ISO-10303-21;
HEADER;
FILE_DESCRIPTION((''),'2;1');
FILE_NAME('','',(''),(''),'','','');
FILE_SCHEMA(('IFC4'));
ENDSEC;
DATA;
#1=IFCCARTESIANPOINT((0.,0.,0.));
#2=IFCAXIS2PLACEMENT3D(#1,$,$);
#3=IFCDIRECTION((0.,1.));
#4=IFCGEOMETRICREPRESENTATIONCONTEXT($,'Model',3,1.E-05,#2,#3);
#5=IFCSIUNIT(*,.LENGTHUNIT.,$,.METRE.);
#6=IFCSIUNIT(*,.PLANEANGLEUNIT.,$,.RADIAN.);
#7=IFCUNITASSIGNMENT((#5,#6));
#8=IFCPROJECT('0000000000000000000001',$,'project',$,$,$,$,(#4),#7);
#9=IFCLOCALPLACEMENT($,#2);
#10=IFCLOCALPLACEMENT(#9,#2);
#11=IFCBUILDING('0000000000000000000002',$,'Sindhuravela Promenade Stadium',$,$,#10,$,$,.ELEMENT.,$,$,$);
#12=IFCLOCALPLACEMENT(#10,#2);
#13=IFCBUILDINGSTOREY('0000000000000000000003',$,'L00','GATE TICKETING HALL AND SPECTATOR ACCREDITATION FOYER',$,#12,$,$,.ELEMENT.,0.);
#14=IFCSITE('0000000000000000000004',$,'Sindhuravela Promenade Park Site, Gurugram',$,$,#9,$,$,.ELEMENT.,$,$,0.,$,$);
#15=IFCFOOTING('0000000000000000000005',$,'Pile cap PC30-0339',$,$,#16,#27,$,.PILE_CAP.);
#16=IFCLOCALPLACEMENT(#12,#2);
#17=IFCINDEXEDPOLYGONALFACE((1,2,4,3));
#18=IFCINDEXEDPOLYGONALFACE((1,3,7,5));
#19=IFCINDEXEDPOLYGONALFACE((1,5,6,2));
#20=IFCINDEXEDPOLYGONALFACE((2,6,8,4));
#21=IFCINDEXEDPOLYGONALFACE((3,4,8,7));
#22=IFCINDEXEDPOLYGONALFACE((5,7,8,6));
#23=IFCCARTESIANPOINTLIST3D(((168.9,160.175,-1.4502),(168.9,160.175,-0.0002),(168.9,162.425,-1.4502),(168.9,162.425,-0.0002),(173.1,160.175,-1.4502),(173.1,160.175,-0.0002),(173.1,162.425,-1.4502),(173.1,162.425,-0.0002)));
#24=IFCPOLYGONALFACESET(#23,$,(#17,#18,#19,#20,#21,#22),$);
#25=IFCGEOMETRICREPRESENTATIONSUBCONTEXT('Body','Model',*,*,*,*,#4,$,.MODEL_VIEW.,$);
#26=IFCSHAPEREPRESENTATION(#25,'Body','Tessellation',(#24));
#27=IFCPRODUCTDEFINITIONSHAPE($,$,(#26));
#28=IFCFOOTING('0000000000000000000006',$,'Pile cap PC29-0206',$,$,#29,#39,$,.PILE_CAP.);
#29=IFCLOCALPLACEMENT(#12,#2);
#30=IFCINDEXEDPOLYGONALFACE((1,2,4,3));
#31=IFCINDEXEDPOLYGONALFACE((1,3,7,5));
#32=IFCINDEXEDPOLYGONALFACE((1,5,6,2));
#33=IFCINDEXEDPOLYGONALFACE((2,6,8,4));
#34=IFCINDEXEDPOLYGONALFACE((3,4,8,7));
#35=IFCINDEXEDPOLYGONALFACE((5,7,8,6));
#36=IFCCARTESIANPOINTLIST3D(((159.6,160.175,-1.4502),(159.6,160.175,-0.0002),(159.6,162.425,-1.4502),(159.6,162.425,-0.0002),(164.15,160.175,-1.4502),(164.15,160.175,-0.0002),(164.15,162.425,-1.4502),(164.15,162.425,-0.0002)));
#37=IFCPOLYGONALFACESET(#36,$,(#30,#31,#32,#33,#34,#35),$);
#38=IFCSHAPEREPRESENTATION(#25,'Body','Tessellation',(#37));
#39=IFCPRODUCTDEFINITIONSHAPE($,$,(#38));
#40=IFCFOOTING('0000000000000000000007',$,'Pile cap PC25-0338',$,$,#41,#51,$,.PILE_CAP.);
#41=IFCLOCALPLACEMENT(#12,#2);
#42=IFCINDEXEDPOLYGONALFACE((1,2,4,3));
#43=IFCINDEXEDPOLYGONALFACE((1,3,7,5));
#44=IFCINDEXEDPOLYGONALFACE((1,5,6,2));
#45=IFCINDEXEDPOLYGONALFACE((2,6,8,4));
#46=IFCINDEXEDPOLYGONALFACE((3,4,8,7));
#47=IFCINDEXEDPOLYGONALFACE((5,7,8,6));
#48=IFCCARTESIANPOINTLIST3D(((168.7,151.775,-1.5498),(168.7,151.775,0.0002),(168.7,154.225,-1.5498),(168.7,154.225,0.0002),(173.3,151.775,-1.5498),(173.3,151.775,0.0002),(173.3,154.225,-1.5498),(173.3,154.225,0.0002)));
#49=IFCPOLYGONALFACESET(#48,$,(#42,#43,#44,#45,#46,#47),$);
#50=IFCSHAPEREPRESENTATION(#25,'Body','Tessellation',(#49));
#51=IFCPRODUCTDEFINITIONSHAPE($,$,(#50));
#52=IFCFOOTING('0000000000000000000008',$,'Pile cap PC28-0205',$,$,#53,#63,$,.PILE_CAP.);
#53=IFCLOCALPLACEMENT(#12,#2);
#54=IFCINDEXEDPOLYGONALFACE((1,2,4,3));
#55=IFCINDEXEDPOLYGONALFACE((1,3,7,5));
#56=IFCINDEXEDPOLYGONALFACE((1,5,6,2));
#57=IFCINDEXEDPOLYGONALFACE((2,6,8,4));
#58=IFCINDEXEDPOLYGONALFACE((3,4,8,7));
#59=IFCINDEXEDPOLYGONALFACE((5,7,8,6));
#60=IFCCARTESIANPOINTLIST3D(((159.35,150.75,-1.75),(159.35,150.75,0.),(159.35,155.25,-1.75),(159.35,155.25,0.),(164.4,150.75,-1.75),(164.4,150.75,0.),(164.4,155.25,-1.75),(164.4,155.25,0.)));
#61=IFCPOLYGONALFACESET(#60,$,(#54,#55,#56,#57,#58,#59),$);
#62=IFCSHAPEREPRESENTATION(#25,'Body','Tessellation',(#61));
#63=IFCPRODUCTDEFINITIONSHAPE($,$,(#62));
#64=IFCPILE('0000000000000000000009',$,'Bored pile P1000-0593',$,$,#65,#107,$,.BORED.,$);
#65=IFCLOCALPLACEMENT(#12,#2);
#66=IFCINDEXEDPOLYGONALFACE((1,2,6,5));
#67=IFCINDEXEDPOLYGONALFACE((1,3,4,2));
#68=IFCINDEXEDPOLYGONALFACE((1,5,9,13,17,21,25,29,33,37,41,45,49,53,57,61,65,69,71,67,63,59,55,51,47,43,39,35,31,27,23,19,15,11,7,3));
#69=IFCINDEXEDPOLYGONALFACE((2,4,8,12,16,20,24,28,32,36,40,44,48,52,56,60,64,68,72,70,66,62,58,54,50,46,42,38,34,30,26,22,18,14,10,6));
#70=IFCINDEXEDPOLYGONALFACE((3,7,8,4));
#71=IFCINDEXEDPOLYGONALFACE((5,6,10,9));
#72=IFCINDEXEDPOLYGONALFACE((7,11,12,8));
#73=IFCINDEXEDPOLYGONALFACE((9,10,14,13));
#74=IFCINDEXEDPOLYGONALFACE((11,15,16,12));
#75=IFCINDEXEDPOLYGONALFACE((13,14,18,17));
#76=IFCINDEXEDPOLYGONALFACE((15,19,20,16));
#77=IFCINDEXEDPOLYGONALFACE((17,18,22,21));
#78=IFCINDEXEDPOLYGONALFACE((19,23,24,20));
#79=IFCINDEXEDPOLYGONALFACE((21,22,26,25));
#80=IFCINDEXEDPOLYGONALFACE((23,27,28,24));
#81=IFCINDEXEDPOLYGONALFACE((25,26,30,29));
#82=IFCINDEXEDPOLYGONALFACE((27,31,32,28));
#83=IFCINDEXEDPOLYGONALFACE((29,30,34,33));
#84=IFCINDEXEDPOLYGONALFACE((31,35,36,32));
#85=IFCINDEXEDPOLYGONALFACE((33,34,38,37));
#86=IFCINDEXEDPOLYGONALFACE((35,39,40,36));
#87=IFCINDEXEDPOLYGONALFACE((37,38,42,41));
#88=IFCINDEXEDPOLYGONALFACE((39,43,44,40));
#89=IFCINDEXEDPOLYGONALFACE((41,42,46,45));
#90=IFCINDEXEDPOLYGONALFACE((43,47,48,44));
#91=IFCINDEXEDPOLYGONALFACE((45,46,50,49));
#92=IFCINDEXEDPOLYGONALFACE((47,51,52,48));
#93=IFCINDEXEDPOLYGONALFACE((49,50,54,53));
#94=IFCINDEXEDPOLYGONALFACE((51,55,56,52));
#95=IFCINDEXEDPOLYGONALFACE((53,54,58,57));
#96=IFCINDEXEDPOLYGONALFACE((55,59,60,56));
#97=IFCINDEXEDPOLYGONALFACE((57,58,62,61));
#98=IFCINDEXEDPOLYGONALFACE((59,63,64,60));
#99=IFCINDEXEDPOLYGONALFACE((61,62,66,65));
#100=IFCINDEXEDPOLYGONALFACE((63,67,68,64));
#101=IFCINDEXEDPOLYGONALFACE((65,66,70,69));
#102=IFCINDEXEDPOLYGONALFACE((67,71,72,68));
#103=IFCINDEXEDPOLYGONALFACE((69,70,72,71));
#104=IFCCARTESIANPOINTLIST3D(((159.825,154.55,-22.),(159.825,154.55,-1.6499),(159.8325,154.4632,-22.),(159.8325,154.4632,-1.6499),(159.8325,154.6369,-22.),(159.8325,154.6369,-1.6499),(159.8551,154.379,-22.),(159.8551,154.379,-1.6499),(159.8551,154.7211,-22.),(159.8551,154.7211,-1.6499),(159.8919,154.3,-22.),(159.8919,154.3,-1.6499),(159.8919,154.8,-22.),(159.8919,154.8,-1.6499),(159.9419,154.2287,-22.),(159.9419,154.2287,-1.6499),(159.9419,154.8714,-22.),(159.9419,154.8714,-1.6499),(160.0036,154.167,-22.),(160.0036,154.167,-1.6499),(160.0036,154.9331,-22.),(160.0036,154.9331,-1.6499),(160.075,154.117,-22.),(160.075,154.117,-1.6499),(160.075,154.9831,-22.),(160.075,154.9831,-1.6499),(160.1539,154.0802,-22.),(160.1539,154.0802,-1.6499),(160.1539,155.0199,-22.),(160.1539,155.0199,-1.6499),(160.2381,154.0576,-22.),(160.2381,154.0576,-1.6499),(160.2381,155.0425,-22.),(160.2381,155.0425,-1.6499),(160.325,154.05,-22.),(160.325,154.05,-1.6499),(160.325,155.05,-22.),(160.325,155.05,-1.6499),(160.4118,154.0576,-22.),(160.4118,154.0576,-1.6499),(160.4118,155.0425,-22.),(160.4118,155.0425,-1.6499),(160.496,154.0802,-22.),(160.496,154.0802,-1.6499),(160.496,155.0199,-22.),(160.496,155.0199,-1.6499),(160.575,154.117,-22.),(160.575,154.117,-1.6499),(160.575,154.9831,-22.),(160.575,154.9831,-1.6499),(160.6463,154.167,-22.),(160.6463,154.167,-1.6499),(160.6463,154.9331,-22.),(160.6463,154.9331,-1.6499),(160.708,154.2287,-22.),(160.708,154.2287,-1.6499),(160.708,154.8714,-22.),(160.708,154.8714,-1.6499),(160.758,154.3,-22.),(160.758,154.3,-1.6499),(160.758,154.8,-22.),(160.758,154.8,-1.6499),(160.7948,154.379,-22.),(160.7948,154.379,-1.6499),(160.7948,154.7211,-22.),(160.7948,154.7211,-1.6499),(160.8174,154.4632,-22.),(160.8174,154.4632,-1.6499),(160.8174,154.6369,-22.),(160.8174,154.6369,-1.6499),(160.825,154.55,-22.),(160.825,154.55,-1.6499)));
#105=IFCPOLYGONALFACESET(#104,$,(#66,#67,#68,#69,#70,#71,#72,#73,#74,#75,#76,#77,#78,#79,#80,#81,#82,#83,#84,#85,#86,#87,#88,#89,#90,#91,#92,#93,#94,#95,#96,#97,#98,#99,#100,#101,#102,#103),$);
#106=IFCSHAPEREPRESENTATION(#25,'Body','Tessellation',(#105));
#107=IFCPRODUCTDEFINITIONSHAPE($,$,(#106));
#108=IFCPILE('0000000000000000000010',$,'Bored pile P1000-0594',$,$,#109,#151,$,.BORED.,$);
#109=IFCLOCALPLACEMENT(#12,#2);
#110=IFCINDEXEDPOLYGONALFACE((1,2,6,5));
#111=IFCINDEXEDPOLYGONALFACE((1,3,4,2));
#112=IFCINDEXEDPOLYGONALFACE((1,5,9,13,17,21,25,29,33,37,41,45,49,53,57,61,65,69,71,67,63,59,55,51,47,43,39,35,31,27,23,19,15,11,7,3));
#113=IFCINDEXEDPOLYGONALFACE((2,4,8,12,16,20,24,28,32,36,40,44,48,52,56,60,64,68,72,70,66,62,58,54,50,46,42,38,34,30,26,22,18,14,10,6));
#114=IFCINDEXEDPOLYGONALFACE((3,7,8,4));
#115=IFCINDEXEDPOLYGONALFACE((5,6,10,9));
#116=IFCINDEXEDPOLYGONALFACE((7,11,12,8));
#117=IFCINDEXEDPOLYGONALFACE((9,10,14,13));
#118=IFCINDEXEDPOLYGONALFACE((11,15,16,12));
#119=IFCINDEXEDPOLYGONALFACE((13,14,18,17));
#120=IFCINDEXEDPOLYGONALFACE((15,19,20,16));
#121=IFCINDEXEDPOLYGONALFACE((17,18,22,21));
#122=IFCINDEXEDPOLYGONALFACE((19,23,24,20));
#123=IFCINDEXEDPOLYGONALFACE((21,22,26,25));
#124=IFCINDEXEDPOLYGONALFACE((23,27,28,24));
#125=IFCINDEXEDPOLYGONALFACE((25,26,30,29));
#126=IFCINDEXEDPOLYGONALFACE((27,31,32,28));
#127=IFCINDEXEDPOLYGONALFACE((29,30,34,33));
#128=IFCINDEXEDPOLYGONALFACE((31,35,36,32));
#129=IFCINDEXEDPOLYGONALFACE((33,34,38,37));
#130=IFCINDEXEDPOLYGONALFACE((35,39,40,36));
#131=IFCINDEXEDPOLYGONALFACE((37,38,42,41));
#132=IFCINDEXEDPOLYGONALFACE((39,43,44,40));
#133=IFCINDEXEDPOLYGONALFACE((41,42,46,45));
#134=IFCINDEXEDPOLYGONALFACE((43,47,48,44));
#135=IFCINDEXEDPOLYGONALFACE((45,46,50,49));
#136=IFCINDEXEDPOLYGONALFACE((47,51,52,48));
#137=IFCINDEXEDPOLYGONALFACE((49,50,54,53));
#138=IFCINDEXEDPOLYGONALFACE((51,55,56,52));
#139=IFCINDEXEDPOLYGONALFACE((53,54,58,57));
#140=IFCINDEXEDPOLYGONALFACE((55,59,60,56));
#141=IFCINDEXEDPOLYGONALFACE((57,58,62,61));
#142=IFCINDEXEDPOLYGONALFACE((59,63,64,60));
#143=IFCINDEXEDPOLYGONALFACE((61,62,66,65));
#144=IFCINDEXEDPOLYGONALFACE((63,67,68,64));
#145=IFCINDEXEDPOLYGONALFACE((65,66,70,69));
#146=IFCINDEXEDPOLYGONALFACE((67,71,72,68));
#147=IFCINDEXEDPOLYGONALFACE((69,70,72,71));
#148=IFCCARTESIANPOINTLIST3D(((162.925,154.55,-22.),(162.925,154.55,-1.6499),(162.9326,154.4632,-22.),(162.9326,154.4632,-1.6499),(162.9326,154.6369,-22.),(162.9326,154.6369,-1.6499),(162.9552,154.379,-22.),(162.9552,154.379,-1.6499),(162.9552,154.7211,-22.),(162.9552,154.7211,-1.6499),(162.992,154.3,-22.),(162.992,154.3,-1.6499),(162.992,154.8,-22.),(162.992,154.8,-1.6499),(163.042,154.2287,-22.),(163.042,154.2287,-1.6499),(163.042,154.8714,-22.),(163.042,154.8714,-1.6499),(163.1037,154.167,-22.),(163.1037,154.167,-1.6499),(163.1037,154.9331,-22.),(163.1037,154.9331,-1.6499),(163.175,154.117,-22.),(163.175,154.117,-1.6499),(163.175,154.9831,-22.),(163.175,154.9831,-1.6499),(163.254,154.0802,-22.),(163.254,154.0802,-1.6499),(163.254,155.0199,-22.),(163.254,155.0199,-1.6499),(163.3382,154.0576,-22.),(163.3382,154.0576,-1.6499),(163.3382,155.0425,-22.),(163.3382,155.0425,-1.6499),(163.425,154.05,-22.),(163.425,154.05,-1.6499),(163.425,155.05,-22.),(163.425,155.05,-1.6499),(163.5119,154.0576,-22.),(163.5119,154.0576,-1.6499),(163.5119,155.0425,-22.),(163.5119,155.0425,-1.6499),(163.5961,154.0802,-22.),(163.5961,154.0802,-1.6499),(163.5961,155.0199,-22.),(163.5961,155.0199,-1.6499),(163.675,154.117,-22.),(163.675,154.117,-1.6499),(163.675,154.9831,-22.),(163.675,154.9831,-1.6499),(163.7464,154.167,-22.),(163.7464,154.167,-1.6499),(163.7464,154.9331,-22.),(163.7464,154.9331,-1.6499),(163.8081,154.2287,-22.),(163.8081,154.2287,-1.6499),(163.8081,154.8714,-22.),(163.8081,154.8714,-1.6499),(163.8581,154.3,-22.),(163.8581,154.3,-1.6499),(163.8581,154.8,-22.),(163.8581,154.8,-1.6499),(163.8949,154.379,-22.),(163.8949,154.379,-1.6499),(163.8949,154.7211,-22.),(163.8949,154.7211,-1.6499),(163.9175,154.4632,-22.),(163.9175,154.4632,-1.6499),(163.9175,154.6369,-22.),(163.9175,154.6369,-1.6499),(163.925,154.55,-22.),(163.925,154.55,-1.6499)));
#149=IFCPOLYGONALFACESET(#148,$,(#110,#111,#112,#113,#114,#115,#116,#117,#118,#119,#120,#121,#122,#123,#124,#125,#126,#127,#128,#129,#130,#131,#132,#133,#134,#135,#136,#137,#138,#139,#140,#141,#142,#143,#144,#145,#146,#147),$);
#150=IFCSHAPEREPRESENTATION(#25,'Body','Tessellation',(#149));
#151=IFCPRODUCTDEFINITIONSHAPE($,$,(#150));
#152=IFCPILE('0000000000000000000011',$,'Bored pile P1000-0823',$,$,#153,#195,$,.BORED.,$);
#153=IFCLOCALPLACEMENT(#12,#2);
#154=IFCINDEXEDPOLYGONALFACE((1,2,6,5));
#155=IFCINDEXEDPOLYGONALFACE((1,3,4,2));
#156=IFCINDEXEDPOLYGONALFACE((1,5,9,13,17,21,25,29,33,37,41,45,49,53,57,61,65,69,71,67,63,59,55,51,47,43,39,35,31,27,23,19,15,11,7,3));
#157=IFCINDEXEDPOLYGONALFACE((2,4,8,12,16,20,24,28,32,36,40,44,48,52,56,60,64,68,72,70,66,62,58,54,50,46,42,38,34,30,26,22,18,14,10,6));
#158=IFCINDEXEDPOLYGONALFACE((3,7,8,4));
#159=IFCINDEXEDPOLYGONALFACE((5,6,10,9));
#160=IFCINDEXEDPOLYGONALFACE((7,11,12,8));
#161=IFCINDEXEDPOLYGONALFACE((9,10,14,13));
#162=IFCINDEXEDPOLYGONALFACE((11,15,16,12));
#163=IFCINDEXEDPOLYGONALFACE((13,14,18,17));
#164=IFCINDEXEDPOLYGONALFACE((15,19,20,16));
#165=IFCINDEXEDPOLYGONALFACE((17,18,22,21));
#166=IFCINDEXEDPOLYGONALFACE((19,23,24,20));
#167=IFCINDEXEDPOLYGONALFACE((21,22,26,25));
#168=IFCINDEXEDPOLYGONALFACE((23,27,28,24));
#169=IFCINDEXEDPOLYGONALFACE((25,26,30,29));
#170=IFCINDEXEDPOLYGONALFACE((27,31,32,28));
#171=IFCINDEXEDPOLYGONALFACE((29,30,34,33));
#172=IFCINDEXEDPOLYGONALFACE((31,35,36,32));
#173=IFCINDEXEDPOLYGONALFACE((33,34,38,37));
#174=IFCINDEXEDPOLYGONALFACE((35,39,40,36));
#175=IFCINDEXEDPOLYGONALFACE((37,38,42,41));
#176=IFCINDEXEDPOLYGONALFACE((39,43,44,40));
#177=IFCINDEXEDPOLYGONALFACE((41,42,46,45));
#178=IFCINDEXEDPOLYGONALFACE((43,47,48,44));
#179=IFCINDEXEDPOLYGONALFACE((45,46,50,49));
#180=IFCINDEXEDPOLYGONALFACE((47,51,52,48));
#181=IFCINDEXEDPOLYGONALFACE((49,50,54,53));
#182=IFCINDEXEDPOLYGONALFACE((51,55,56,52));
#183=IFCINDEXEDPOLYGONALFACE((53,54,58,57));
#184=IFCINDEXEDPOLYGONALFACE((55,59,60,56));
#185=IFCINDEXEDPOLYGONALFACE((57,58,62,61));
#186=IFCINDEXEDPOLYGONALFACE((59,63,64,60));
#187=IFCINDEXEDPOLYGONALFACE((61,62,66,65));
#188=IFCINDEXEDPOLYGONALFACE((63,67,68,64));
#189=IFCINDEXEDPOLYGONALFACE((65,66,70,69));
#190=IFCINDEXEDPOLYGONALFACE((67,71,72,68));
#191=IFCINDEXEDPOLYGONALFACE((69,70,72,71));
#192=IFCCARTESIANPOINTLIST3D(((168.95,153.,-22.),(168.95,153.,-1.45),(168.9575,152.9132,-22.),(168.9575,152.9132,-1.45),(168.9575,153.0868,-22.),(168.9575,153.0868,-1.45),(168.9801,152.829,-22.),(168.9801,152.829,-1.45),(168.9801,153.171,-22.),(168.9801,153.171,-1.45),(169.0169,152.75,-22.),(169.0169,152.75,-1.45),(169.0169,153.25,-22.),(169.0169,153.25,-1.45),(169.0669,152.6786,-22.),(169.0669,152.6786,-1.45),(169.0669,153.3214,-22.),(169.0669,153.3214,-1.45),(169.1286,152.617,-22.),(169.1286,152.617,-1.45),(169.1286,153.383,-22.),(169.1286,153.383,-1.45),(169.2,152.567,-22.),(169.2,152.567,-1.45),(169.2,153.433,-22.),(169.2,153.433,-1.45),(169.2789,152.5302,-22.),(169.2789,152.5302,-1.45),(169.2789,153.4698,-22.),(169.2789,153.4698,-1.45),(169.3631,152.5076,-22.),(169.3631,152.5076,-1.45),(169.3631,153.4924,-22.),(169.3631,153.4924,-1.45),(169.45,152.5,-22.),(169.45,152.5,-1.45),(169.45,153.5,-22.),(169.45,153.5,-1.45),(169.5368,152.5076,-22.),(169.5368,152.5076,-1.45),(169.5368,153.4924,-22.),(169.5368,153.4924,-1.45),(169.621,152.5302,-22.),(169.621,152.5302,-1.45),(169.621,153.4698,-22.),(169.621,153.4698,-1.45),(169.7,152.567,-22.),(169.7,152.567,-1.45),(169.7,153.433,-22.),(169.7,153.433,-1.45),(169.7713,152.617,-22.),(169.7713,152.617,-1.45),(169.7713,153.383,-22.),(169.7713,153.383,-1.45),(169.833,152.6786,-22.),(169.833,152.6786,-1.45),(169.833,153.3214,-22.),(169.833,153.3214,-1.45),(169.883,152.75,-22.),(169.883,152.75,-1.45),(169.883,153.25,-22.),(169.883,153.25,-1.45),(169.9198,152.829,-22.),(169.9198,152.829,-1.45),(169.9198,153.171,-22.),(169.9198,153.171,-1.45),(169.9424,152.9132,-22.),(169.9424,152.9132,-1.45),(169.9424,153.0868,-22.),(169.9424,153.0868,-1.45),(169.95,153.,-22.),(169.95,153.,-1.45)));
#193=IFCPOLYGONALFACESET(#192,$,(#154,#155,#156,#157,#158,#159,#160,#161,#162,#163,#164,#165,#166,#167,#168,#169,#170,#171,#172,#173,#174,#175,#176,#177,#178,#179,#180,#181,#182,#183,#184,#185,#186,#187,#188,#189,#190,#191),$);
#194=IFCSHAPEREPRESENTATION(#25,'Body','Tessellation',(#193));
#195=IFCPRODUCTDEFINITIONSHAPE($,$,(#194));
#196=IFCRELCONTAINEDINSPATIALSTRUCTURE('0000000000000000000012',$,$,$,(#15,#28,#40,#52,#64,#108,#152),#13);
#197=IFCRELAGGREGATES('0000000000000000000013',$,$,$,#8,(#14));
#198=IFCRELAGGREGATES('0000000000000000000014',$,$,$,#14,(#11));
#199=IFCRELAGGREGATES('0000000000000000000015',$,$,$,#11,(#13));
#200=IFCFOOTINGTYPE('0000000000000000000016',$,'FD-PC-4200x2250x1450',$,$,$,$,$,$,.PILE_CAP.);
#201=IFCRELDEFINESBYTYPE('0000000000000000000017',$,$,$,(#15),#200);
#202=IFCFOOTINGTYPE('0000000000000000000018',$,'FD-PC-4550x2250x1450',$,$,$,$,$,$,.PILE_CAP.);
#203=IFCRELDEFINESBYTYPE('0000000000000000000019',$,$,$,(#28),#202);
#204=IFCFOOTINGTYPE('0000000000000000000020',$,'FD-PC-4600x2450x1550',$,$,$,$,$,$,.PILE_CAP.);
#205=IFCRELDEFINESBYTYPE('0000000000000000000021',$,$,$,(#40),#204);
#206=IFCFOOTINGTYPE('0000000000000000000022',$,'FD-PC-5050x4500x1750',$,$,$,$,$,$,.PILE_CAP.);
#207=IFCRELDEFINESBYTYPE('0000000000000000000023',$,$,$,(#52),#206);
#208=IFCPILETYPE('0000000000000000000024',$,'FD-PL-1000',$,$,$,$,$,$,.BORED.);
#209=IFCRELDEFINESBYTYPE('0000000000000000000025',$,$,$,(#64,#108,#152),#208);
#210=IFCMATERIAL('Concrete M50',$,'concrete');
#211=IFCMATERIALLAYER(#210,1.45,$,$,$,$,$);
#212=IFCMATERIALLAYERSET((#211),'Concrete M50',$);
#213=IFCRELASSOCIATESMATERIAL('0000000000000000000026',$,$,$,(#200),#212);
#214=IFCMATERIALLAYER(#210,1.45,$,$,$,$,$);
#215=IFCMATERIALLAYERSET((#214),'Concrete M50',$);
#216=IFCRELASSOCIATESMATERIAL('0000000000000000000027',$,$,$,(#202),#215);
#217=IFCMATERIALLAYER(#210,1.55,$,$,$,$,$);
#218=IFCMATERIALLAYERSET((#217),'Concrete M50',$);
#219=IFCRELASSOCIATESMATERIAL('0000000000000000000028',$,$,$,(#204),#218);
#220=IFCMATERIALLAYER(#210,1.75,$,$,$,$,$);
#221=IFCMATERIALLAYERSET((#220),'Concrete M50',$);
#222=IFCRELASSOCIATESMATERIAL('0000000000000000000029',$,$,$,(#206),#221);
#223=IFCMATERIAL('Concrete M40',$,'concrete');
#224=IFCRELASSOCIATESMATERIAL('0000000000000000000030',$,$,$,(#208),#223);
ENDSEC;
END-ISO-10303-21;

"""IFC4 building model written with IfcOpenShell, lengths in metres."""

from ifc_helpers import new_model, si_unit, direction, frame, origin, origin_2d, place, context, subcontext, project, spatial, rectangle, circle, extrude, material, layer, layer_set, material_profile, profile_set, type_object, element, save


model = new_model("IFC4")

# Units and contexts
model_context = context("Model", 3, precision=1e-05, world=origin(), true_north=direction((0.0, 1.0)))
body_context = subcontext(model_context, "Body", "Model", "MODEL_VIEW")
ifc_project = project(units=[si_unit("LENGTHUNIT", "METRE"), si_unit("PLANEANGLEUNIT", "RADIAN")], contexts=[model_context])

# Site, building, storey
site_placement = place(None, origin())
site = spatial("IfcSite", under=ifc_project, at=site_placement, Name="Sindhuravela Promenade Park Site, Gurugram", CompositionType="ELEMENT", RefElevation=0.0)
building_placement = place(site_placement, origin())
building = spatial("IfcBuilding", under=site, at=building_placement, Name="Sindhuravela Promenade Stadium", CompositionType="ELEMENT")
storey_placement = place(building_placement, origin())
storey = spatial("IfcBuildingStorey", under=building, at=storey_placement, Name="L00", Description="GATE TICKETING HALL AND SPECTATOR ACCREDITATION FOYER", CompositionType="ELEMENT", Elevation=0.0)

# Footings
ifc_material_1 = material(Name="Concrete M50", Category="concrete")
ifc_layer_1 = layer(ifc_material_1, 1.45)
ifc_layer_set_1 = layer_set([ifc_layer_1], Name="Concrete M50")
footing_type_1 = type_object("IfcFootingType", Name="FD-PC-4200x2250x1450", PredefinedType="PILE_CAP", material=ifc_layer_set_1)
footing_1_placement = place(storey_placement, frame((171.0, 161.3, -1.4502), z_axis=(0.0, 0.0, 1.0), x_axis=(1.0, 0.0, 0.0)))
element("IfcFooting", 1, at=footing_1_placement, inside=storey, type_object=footing_type_1, Name="Pile cap PC30-0339", PredefinedType="PILE_CAP", context=body_context, shape_type="SweptSolid", body=[
    extrude(rectangle(XDim=4.2, YDim=2.25, at=origin_2d()), origin(), (0.0, 0.0, 1.0), 1.45),
])
ifc_layer_2 = layer(ifc_material_1, 1.45)
ifc_layer_set_2 = layer_set([ifc_layer_2], Name="Concrete M50")
footing_type_2 = type_object("IfcFootingType", Name="FD-PC-4550x2250x1450", PredefinedType="PILE_CAP", material=ifc_layer_set_2)
footing_2_placement = place(storey_placement, frame((161.875, 161.3, -1.4502), z_axis=(0.0, 0.0, 1.0), x_axis=(1.0, 0.0, 0.0)))
element("IfcFooting", 2, at=footing_2_placement, inside=storey, type_object=footing_type_2, Name="Pile cap PC29-0206", PredefinedType="PILE_CAP", context=body_context, shape_type="SweptSolid", body=[
    extrude(rectangle(XDim=4.55, YDim=2.25, at=origin_2d()), origin(), (0.0, 0.0, 1.0), 1.45),
])
ifc_layer_3 = layer(ifc_material_1, 1.55)
ifc_layer_set_3 = layer_set([ifc_layer_3], Name="Concrete M50")
footing_type_3 = type_object("IfcFootingType", Name="FD-PC-4600x2450x1550", PredefinedType="PILE_CAP", material=ifc_layer_set_3)
footing_3_placement = place(storey_placement, frame((171.0, 153.0, -1.5498), z_axis=(0.0, 0.0, 1.0), x_axis=(1.0, 0.0, 0.0)))
element("IfcFooting", 3, at=footing_3_placement, inside=storey, type_object=footing_type_3, Name="Pile cap PC25-0338", PredefinedType="PILE_CAP", context=body_context, shape_type="SweptSolid", body=[
    extrude(rectangle(XDim=4.6001, YDim=2.45, at=origin_2d()), origin(), (0.0, 0.0, 1.0), 1.55),
])
ifc_layer_4 = layer(ifc_material_1, 1.75)
ifc_layer_set_4 = layer_set([ifc_layer_4], Name="Concrete M50")
footing_type_4 = type_object("IfcFootingType", Name="FD-PC-5050x4500x1750", PredefinedType="PILE_CAP", material=ifc_layer_set_4)
footing_4_placement = place(storey_placement, frame((161.875, 153.0, -1.75), z_axis=(0.0, 0.0, 1.0), x_axis=(1.0, 0.0, 0.0)))
element("IfcFooting", 4, at=footing_4_placement, inside=storey, type_object=footing_type_4, Name="Pile cap PC28-0205", PredefinedType="PILE_CAP", context=body_context, shape_type="SweptSolid", body=[
    extrude(rectangle(XDim=5.05, YDim=4.5, at=origin_2d()), origin(), (0.0, 0.0, 1.0), 1.75),
])

# Piles
ifc_material_2 = material(Name="Concrete M40", Category="concrete")
ifc_material_profile_1 = material_profile(ifc_material_2, circle(Radius=0.5, at=origin_2d()), Name="BORED PILE D1000")
ifc_profile_set_1 = profile_set([ifc_material_profile_1], Name="Concrete M40")
pile_type_1 = type_object("IfcPileType", Name="FD-PL-1000", PredefinedType="BORED", material=ifc_profile_set_1)
for number, where, z_axis, x_axis, name in (
    (5, (160.325, 154.55, -1.6499), (0.0, 0.0, -1.0), (1.0, 0.0, 0.0), "Bored pile P1000-0593"),
    (6, (163.425, 154.55, -1.6499), (0.0, 0.0, -1.0), (1.0, 0.0, 0.0), "Bored pile P1000-0594"),
):
    element("IfcPile", number, at=place(storey_placement, frame(where, z_axis=z_axis, x_axis=x_axis)), inside=storey, type_object=pile_type_1, Name=name, PredefinedType="BORED", context=body_context, shape_type="SweptSolid", body=[
        extrude(circle(Radius=0.5, at=origin_2d()), origin(), (0.0, 0.0, 1.0), 20.3501),
    ])
for number, where, z_axis, x_axis, name in (
    (7, (169.45, 153.0, -1.45), (0.0, 0.0, -1.0), (1.0, 0.0, 0.0), "Bored pile P1000-0823"),
):
    element("IfcPile", number, at=place(storey_placement, frame(where, z_axis=z_axis, x_axis=x_axis)), inside=storey, type_object=pile_type_1, Name=name, PredefinedType="BORED", context=body_context, shape_type="SweptSolid", body=[
        extrude(circle(Radius=0.5, at=origin_2d()), origin(), (0.0, 0.0, 1.0), 20.55),
    ])

save(model, "model.ifc")
